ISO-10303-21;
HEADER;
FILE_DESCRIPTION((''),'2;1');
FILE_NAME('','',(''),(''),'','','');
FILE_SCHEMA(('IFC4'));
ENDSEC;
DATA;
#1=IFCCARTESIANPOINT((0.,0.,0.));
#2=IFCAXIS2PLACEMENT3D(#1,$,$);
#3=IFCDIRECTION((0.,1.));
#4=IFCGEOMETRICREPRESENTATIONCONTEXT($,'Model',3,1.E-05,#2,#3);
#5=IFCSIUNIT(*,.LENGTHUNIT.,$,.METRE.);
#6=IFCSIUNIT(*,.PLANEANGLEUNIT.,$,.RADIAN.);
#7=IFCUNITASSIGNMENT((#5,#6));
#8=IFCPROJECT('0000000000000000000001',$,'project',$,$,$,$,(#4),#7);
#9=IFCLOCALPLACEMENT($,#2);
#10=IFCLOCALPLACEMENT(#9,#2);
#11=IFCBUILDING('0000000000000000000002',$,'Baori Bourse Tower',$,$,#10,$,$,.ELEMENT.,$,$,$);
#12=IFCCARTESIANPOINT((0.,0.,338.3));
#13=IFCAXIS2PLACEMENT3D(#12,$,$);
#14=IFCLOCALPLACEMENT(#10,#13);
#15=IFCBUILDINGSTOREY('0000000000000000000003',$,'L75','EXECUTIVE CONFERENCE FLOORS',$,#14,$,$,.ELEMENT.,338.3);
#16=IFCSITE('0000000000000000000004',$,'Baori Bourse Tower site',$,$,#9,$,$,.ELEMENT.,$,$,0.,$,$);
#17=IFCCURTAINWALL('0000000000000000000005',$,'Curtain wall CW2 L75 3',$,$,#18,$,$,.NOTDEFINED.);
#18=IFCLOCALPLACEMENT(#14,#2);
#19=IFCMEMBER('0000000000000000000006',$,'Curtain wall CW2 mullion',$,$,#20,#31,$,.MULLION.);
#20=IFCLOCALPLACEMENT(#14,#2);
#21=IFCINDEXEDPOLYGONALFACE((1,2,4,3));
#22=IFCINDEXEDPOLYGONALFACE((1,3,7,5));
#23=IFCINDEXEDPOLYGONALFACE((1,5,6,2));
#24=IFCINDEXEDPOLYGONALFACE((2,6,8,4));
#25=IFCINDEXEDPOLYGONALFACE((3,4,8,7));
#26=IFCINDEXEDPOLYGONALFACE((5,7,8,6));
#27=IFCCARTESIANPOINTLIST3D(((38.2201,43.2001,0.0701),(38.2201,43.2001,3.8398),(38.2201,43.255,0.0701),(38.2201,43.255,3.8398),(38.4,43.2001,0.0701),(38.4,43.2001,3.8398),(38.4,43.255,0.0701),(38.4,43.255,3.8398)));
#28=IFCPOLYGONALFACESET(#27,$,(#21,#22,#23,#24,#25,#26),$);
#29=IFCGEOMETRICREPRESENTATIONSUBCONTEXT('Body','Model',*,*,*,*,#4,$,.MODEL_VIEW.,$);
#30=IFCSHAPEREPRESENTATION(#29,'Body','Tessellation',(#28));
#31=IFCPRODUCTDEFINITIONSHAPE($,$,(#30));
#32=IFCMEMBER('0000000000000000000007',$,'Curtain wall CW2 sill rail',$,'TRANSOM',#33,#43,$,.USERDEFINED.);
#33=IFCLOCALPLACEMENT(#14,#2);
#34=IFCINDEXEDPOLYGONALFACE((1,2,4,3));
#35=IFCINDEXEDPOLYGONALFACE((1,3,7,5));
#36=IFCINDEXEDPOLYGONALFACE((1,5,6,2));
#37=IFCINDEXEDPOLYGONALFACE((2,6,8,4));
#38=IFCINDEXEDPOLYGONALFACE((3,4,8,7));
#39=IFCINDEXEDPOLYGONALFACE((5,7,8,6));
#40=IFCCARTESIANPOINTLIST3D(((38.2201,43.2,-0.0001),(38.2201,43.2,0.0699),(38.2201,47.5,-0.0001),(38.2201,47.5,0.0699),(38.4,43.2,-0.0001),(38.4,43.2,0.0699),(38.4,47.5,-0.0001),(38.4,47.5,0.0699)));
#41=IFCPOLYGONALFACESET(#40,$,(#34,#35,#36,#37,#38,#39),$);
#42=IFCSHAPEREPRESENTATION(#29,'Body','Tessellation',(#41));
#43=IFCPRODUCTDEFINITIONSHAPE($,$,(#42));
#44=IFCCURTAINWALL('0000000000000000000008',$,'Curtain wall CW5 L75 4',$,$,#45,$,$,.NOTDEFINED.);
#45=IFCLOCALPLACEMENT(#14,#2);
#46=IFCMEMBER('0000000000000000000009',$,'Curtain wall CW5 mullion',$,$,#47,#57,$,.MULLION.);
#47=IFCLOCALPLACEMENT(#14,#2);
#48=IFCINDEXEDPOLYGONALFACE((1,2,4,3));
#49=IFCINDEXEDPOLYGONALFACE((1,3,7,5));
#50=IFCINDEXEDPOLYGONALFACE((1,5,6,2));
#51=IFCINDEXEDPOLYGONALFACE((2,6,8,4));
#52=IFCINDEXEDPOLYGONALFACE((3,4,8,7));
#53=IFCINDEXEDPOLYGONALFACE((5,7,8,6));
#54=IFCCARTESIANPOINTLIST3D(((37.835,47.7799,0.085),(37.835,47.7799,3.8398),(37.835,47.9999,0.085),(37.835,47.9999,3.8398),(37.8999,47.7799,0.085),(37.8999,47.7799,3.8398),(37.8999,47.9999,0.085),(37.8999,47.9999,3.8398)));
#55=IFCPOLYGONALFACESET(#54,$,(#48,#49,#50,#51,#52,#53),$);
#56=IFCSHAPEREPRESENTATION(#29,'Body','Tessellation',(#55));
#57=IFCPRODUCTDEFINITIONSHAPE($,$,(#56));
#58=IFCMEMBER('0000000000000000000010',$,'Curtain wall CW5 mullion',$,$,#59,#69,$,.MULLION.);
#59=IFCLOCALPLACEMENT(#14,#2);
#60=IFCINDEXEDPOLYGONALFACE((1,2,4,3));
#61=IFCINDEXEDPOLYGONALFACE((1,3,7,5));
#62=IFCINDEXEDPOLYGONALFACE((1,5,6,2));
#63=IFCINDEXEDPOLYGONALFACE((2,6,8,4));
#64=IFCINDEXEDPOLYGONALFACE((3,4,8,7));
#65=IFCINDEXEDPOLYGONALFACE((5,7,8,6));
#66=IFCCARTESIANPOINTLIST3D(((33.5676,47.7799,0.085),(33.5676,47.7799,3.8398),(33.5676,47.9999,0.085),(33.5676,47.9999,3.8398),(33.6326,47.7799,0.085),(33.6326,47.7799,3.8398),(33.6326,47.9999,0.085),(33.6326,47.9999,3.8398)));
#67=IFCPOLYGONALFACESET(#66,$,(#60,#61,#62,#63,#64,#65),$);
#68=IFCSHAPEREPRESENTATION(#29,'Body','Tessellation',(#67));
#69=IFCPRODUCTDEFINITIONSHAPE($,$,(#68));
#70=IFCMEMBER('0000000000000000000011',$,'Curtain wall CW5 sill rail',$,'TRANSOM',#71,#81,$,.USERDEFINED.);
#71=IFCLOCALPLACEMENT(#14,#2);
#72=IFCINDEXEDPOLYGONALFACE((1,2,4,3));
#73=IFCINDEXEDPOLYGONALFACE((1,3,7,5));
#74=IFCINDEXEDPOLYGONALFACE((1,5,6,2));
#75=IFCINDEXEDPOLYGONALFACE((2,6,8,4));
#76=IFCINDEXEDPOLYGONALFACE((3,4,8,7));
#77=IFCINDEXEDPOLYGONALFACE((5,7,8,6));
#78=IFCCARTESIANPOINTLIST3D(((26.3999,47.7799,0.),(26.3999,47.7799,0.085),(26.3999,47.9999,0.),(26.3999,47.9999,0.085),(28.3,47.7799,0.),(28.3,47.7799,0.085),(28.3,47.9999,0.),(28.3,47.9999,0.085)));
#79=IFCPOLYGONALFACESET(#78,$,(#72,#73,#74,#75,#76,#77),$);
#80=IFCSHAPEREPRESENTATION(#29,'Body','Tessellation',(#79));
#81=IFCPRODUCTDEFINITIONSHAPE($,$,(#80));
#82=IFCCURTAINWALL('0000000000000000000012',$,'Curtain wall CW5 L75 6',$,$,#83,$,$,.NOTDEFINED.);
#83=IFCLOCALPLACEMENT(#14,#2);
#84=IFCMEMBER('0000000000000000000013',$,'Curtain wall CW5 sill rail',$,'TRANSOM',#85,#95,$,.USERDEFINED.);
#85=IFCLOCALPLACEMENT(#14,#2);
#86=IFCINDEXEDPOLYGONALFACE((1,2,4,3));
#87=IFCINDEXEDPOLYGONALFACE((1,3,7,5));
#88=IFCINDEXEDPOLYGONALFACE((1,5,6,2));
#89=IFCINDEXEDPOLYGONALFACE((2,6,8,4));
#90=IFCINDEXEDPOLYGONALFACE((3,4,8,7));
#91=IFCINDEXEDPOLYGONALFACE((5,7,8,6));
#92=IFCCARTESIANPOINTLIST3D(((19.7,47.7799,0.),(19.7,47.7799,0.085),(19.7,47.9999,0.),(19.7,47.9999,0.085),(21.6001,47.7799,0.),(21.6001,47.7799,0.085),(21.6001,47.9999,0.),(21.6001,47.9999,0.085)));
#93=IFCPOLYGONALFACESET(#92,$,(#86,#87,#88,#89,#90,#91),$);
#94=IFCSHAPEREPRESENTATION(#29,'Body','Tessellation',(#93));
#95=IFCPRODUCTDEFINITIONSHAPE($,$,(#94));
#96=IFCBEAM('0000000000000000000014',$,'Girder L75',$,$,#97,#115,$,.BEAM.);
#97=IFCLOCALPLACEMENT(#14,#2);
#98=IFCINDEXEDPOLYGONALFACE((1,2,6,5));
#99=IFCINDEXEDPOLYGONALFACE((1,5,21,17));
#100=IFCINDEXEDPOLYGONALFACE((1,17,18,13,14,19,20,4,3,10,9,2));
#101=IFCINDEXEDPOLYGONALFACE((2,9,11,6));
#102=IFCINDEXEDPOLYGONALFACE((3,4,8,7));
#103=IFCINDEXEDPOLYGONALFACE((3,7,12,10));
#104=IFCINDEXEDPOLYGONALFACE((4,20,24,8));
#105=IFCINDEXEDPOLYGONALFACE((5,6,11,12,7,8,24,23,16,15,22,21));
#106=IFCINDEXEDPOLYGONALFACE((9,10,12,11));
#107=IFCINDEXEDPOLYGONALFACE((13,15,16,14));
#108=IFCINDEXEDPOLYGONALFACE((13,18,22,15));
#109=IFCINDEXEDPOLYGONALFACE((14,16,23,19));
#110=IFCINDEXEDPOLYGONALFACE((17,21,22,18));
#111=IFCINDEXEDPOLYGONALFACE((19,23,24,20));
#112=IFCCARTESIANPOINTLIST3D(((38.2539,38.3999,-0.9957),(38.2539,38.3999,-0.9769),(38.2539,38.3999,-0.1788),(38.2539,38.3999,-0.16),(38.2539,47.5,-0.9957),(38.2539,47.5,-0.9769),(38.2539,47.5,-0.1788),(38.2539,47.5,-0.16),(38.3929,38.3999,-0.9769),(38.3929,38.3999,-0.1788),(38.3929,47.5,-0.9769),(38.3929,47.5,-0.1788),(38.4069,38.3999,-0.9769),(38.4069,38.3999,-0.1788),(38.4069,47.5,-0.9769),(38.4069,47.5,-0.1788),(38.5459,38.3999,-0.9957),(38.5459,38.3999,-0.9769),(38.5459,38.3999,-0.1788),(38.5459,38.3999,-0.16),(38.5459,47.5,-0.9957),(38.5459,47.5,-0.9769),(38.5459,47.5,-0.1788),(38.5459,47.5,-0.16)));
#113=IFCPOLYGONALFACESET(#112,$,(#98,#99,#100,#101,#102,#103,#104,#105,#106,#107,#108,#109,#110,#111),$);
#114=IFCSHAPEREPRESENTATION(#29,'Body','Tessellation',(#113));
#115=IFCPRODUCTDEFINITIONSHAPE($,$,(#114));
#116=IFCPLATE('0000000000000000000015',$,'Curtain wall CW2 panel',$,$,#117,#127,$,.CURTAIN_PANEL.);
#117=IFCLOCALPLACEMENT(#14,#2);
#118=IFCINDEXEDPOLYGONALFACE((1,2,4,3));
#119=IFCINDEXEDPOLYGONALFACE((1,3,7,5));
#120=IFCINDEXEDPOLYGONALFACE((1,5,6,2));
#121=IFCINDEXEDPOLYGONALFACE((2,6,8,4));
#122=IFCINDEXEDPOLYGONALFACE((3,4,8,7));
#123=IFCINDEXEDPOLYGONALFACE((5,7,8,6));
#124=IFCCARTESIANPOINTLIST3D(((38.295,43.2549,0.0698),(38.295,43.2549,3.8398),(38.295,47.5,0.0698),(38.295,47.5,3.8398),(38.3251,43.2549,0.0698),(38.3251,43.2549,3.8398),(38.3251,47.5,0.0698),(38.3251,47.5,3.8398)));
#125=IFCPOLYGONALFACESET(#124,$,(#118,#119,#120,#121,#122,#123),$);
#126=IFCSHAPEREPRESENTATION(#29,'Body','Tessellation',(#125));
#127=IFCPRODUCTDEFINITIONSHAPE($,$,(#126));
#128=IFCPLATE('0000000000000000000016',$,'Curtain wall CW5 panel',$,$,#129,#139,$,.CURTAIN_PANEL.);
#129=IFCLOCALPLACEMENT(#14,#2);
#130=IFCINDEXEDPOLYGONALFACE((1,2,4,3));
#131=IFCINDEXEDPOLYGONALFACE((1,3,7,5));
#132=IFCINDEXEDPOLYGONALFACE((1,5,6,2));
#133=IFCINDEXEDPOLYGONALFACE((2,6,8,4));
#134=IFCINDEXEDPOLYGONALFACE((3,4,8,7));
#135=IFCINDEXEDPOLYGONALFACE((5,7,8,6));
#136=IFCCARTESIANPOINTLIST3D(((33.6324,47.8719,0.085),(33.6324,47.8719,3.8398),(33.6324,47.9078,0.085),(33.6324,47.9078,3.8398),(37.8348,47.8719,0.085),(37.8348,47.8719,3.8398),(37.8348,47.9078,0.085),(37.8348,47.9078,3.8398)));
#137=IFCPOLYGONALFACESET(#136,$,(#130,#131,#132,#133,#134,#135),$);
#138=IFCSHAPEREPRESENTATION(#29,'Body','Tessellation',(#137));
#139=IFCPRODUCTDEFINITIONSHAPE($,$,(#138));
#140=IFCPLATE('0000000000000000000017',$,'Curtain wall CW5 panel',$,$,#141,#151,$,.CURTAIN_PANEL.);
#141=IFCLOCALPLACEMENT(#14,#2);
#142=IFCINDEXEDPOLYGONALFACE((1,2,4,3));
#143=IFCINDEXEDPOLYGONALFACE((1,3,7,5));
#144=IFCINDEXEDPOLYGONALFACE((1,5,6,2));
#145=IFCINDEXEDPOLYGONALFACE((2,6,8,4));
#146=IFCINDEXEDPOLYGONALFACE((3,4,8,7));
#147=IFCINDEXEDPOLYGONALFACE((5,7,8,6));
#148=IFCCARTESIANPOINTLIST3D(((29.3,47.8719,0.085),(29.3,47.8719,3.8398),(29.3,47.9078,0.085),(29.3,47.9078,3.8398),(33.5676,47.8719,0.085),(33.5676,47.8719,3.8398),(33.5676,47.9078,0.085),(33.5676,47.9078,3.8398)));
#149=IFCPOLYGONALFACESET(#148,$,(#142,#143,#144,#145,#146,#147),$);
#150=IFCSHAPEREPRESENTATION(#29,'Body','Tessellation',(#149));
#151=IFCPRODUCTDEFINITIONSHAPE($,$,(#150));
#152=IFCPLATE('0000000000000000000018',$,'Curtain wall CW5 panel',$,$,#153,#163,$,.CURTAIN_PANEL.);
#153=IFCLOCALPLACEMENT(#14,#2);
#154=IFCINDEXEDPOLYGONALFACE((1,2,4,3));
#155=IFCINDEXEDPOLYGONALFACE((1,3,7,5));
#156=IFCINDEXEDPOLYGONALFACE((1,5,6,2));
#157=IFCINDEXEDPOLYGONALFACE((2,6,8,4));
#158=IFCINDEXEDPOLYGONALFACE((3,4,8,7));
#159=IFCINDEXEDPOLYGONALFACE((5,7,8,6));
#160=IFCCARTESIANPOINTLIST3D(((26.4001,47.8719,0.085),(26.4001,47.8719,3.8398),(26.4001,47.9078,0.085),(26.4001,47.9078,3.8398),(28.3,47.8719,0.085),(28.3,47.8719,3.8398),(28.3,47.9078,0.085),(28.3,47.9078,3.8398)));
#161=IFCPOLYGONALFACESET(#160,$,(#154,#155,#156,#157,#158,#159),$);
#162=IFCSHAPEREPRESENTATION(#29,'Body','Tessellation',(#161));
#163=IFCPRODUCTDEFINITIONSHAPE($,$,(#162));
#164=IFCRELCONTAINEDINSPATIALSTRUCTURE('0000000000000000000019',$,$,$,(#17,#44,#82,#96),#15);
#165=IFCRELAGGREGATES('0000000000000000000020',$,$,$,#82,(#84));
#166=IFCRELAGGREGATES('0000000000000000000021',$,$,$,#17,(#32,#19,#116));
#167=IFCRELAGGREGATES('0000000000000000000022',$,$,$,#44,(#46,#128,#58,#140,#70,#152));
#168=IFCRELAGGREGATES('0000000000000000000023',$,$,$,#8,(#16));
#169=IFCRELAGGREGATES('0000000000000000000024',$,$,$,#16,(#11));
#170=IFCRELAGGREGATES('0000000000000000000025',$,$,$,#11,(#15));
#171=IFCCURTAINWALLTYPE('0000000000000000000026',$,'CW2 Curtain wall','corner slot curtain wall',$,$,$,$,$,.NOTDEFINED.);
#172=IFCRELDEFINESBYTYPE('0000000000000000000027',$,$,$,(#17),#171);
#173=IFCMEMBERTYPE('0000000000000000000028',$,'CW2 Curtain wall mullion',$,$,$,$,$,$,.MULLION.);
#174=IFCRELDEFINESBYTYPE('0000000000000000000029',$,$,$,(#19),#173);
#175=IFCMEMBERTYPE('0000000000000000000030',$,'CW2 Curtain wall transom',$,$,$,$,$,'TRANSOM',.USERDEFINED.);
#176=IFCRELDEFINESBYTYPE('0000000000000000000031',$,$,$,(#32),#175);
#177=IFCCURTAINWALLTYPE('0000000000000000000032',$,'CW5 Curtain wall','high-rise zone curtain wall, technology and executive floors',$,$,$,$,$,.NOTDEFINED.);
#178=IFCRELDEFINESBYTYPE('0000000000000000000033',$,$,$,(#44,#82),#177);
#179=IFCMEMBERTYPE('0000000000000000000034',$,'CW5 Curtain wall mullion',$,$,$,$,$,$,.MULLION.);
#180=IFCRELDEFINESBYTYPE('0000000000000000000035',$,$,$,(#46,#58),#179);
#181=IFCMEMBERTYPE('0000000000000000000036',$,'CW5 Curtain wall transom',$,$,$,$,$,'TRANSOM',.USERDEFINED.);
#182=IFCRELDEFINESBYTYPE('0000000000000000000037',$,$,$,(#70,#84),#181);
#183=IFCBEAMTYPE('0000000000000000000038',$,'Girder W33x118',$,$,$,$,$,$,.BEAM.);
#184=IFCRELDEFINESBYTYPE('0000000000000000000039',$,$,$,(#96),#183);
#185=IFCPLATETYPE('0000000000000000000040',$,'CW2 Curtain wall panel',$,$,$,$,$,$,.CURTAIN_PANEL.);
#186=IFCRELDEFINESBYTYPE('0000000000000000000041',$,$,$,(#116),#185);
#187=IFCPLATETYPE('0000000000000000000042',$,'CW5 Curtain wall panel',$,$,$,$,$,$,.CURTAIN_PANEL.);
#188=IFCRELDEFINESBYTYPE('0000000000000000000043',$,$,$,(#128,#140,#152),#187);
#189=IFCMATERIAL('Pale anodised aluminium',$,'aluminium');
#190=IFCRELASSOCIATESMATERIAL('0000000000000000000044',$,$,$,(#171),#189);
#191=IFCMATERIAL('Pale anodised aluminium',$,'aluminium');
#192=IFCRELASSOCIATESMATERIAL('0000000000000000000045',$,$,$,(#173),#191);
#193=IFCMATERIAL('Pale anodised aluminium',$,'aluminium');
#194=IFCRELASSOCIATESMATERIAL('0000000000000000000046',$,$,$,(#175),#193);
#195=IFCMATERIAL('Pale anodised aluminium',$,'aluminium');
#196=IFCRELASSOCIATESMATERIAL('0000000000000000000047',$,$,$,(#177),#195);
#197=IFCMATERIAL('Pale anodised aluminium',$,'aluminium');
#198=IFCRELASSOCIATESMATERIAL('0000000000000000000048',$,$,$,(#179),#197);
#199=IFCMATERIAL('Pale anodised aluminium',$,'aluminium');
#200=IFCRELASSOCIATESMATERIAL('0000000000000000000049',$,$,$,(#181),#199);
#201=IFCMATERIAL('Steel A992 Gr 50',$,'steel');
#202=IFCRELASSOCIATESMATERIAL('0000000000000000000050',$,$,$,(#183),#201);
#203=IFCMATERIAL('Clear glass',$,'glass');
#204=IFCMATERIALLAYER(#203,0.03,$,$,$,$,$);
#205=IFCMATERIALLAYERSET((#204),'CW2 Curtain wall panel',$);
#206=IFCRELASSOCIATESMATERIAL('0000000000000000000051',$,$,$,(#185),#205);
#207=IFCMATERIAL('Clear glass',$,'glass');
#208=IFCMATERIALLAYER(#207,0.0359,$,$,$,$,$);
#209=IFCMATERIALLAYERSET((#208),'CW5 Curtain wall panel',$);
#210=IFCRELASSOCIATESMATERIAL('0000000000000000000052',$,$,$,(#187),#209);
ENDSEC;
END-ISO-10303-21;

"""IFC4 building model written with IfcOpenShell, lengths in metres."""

from ifc_helpers import new_model, si_unit, direction, frame, origin, origin_2d, place, context, subcontext, project, spatial, rectangle, i_section, extrude, material, layer, layer_set, material_profile, profile_set, type_object, element, aggregate, save


model = new_model("IFC4")

# Units and contexts
model_context = context("Model", 3, precision=1e-05, world=origin(), true_north=direction((0.0, 1.0)))
body_context = subcontext(model_context, "Body", "Model", "MODEL_VIEW")
ifc_project = project(units=[si_unit("LENGTHUNIT", "METRE"), si_unit("PLANEANGLEUNIT", "RADIAN")], contexts=[model_context])

# Site, building, storey
site_placement = place(None, origin())
site = spatial("IfcSite", under=ifc_project, at=site_placement, Name="Baori Bourse Tower site", CompositionType="ELEMENT", RefElevation=0.0)
building_placement = place(site_placement, origin())
building = spatial("IfcBuilding", under=site, at=building_placement, Name="Baori Bourse Tower", CompositionType="ELEMENT")
storey_placement = place(building_placement, frame((0.0, 0.0, 338.3)))
storey = spatial("IfcBuildingStorey", under=building, at=storey_placement, Name="L75", Description="EXECUTIVE CONFERENCE FLOORS", CompositionType="ELEMENT", Elevation=338.3)

# Curtain walls, members
ifc_material_1 = material(Name="Pale anodised aluminium", Category="aluminium")
curtain_wall_type_1 = type_object("IfcCurtainWallType", Name="CW2 Curtain wall", Description="corner slot curtain wall", PredefinedType="NOTDEFINED", material=ifc_material_1)
curtain_wall_1_placement = place(storey_placement, origin())
curtain_wall_1 = element("IfcCurtainWall", 1, at=curtain_wall_1_placement, inside=storey, type_object=curtain_wall_type_1, Name="Curtain wall CW2 L75 3", PredefinedType="NOTDEFINED")
ifc_material_2 = material(Name="Pale anodised aluminium", Category="aluminium")
ifc_material_profile_1 = material_profile(ifc_material_2, rectangle(XDim=0.1799, YDim=0.0549, at=origin_2d()), Name="Mullion 55x180")
ifc_profile_set_1 = profile_set([ifc_material_profile_1], Name="Pale anodised aluminium")
member_type_1 = type_object("IfcMemberType", Name="CW2 Curtain wall mullion", PredefinedType="MULLION", material=ifc_profile_set_1)
member_1_placement = place(storey_placement, frame((38.3101, 43.2275, 0.0701), z_axis=(0.0, 0.0, 1.0), x_axis=(-1.0, 0.0, 0.0)))
member_1 = element("IfcMember", 2, at=member_1_placement, type_object=member_type_1, Name="Curtain wall CW2 mullion", PredefinedType="MULLION", context=body_context, shape_type="SweptSolid", body=[
    extrude(rectangle(XDim=0.1799, YDim=0.0549, at=origin_2d()), origin(), (0.0, 0.0, 1.0), 3.7698),
])
ifc_material_3 = material(Name="Pale anodised aluminium", Category="aluminium")
ifc_material_profile_2 = material_profile(ifc_material_3, rectangle(XDim=0.1799, YDim=0.0701, at=origin_2d()), Name="Transom 70x180")
ifc_profile_set_2 = profile_set([ifc_material_profile_2], Name="Pale anodised aluminium")
member_type_2 = type_object("IfcMemberType", Name="CW2 Curtain wall transom", ElementType="TRANSOM", PredefinedType="USERDEFINED", material=ifc_profile_set_2)
member_2_placement = place(storey_placement, frame((38.3101, 43.2, 0.0349), z_axis=(0.0, 1.0, 0.0), x_axis=(-1.0, 0.0, 0.0)))
member_2 = element("IfcMember", 3, at=member_2_placement, type_object=member_type_2, Name="Curtain wall CW2 sill rail", ObjectType="TRANSOM", PredefinedType="USERDEFINED", context=body_context, shape_type="SweptSolid", body=[
    extrude(rectangle(XDim=0.1799, YDim=0.0701, at=origin_2d()), origin(), (0.0, 0.0, 1.0), 4.3),
])
ifc_material_4 = material(Name="Pale anodised aluminium", Category="aluminium")
curtain_wall_type_2 = type_object("IfcCurtainWallType", Name="CW5 Curtain wall", Description="high-rise zone curtain wall, technology and executive floors", PredefinedType="NOTDEFINED", material=ifc_material_4)
curtain_wall_2_placement = place(storey_placement, origin())
curtain_wall_2 = element("IfcCurtainWall", 4, at=curtain_wall_2_placement, inside=storey, type_object=curtain_wall_type_2, Name="Curtain wall CW5 L75 4", PredefinedType="NOTDEFINED")
ifc_material_5 = material(Name="Pale anodised aluminium", Category="aluminium")
ifc_material_profile_3 = material_profile(ifc_material_5, rectangle(XDim=0.22, YDim=0.0649, at=origin_2d()), Name="Mullion 65x220")
ifc_profile_set_3 = profile_set([ifc_material_profile_3], Name="Pale anodised aluminium")
member_type_3 = type_object("IfcMemberType", Name="CW5 Curtain wall mullion", PredefinedType="MULLION", material=ifc_profile_set_3)
member_3_placement = place(storey_placement, frame((37.8674, 47.8899, 0.085), z_axis=(0.0, 0.0, 1.0), x_axis=(0.0, -1.0, 0.0)))
member_3 = element("IfcMember", 5, at=member_3_placement, type_object=member_type_3, Name="Curtain wall CW5 mullion", PredefinedType="MULLION", context=body_context, shape_type="SweptSolid", body=[
    extrude(rectangle(XDim=0.22, YDim=0.0649, at=origin_2d()), origin(), (0.0, 0.0, 1.0), 3.7549),
])
member_4_placement = place(storey_placement, frame((33.6001, 47.8899, 0.085), z_axis=(0.0, 0.0, 1.0), x_axis=(0.0, -1.0, 0.0)))
member_4 = element("IfcMember", 6, at=member_4_placement, type_object=member_type_3, Name="Curtain wall CW5 mullion", PredefinedType="MULLION", context=body_context, shape_type="SweptSolid", body=[
    extrude(rectangle(XDim=0.22, YDim=0.0649, at=origin_2d()), origin(), (0.0, 0.0, 1.0), 3.7549),
])
ifc_material_6 = material(Name="Pale anodised aluminium", Category="aluminium")
ifc_material_profile_4 = material_profile(ifc_material_6, rectangle(XDim=0.22, YDim=0.085, at=origin_2d()), Name="Transom 85x220")
ifc_profile_set_4 = profile_set([ifc_material_profile_4], Name="Pale anodised aluminium")
member_type_4 = type_object("IfcMemberType", Name="CW5 Curtain wall transom", ElementType="TRANSOM", PredefinedType="USERDEFINED", material=ifc_profile_set_4)
member_5_placement = place(storey_placement, frame((28.3, 47.8899, 0.0425), z_axis=(-1.0, 0.0, 0.0), x_axis=(0.0, -1.0, 0.0)))
member_5 = element("IfcMember", 7, at=member_5_placement, type_object=member_type_4, Name="Curtain wall CW5 sill rail", ObjectType="TRANSOM", PredefinedType="USERDEFINED", context=body_context, shape_type="SweptSolid", body=[
    extrude(rectangle(XDim=0.22, YDim=0.085, at=origin_2d()), origin(), (0.0, 0.0, 1.0), 1.9001),
])

# Curtain wall, member
curtain_wall_3_placement = place(storey_placement, origin())
curtain_wall_3 = element("IfcCurtainWall", 8, at=curtain_wall_3_placement, inside=storey, type_object=curtain_wall_type_2, Name="Curtain wall CW5 L75 6", PredefinedType="NOTDEFINED")
member_6_placement = place(storey_placement, frame((21.6001, 47.8899, 0.0425), z_axis=(-1.0, 0.0, 0.0), x_axis=(0.0, -1.0, 0.0)))
member_6 = element("IfcMember", 9, at=member_6_placement, type_object=member_type_4, Name="Curtain wall CW5 sill rail", ObjectType="TRANSOM", PredefinedType="USERDEFINED", context=body_context, shape_type="SweptSolid", body=[
    extrude(rectangle(XDim=0.22, YDim=0.085, at=origin_2d()), origin(), (0.0, 0.0, 1.0), 1.9001),
])
aggregate(curtain_wall_3, [member_6])

# Beam
ifc_material_7 = material(Name="Steel A992 Gr 50", Category="steel")
ifc_material_profile_5 = material_profile(ifc_material_7, i_section(OverallWidth=0.292, OverallDepth=0.8357, WebThickness=0.0139, FlangeThickness=0.0188, at=origin_2d()), Name="W33x118")
ifc_profile_set_5 = profile_set([ifc_material_profile_5], Name="Steel A992 Gr 50")
beam_type = type_object("IfcBeamType", Name="Girder W33x118", PredefinedType="BEAM", material=ifc_profile_set_5)
beam_placement = place(storey_placement, frame((38.3999, 38.3999, -0.5779), z_axis=(0.0, 1.0, 0.0), x_axis=(-1.0, 0.0, 0.0)))
element("IfcBeam", 10, at=beam_placement, inside=storey, type_object=beam_type, Name="Girder L75", PredefinedType="BEAM", context=body_context, shape_type="SweptSolid", body=[
    extrude(i_section(OverallWidth=0.292, OverallDepth=0.8357, WebThickness=0.0139, FlangeThickness=0.0188, at=origin_2d()), origin(), (0.0, 0.0, 1.0), 9.1001),
])

# Plates
ifc_material_8 = material(Name="Clear glass", Category="glass")
ifc_layer_1 = layer(ifc_material_8, 0.03)
ifc_layer_set_1 = layer_set([ifc_layer_1], Name="CW2 Curtain wall panel")
plate_type_1 = type_object("IfcPlateType", Name="CW2 Curtain wall panel", PredefinedType="CURTAIN_PANEL", material=ifc_layer_set_1)
plate_1_placement = place(storey_placement, frame((38.3101, 45.3774, 0.0698), z_axis=(0.0, 0.0, 1.0), x_axis=(0.0, 1.0, 0.0)))
plate_1 = element("IfcPlate", 11, at=plate_1_placement, type_object=plate_type_1, Name="Curtain wall CW2 panel", PredefinedType="CURTAIN_PANEL", context=body_context, shape_type="SweptSolid", body=[
    extrude(rectangle(XDim=4.2451, YDim=0.03, at=origin_2d()), origin(), (0.0, 0.0, 1.0), 3.77),
])
aggregate(curtain_wall_1, [member_2, member_1, plate_1])
ifc_material_9 = material(Name="Clear glass", Category="glass")
ifc_layer_2 = layer(ifc_material_9, 0.0359)
ifc_layer_set_2 = layer_set([ifc_layer_2], Name="CW5 Curtain wall panel")
plate_type_2 = type_object("IfcPlateType", Name="CW5 Curtain wall panel", PredefinedType="CURTAIN_PANEL", material=ifc_layer_set_2)
plate_2_placement = place(storey_placement, frame((35.7336, 47.8899, 0.085), z_axis=(0.0, 0.0, 1.0), x_axis=(-1.0, 0.0, 0.0)))
plate_2 = element("IfcPlate", 12, at=plate_2_placement, type_object=plate_type_2, Name="Curtain wall CW5 panel", PredefinedType="CURTAIN_PANEL", context=body_context, shape_type="SweptSolid", body=[
    extrude(rectangle(XDim=4.2024, YDim=0.0359, at=origin_2d()), origin(), (0.0, 0.0, 1.0), 3.7549),
])
plate_3_placement = place(storey_placement, frame((31.4338, 47.8899, 0.085), z_axis=(0.0, 0.0, 1.0), x_axis=(-1.0, 0.0, 0.0)))
plate_3 = element("IfcPlate", 13, at=plate_3_placement, type_object=plate_type_2, Name="Curtain wall CW5 panel", PredefinedType="CURTAIN_PANEL", context=body_context, shape_type="SweptSolid", body=[
    extrude(rectangle(XDim=4.2676, YDim=0.0359, at=origin_2d()), origin(), (0.0, 0.0, 1.0), 3.7549),
])
plate_4_placement = place(storey_placement, frame((27.3501, 47.8899, 0.085), z_axis=(0.0, 0.0, 1.0), x_axis=(-1.0, 0.0, 0.0)))
plate_4 = element("IfcPlate", 14, at=plate_4_placement, type_object=plate_type_2, Name="Curtain wall CW5 panel", PredefinedType="CURTAIN_PANEL", context=body_context, shape_type="SweptSolid", body=[
    extrude(rectangle(XDim=1.8999, YDim=0.0359, at=origin_2d()), origin(), (0.0, 0.0, 1.0), 3.7549),
])
aggregate(curtain_wall_2, [member_3, plate_2, member_4, plate_3, member_5, plate_4])

save(model, "model.ifc")
